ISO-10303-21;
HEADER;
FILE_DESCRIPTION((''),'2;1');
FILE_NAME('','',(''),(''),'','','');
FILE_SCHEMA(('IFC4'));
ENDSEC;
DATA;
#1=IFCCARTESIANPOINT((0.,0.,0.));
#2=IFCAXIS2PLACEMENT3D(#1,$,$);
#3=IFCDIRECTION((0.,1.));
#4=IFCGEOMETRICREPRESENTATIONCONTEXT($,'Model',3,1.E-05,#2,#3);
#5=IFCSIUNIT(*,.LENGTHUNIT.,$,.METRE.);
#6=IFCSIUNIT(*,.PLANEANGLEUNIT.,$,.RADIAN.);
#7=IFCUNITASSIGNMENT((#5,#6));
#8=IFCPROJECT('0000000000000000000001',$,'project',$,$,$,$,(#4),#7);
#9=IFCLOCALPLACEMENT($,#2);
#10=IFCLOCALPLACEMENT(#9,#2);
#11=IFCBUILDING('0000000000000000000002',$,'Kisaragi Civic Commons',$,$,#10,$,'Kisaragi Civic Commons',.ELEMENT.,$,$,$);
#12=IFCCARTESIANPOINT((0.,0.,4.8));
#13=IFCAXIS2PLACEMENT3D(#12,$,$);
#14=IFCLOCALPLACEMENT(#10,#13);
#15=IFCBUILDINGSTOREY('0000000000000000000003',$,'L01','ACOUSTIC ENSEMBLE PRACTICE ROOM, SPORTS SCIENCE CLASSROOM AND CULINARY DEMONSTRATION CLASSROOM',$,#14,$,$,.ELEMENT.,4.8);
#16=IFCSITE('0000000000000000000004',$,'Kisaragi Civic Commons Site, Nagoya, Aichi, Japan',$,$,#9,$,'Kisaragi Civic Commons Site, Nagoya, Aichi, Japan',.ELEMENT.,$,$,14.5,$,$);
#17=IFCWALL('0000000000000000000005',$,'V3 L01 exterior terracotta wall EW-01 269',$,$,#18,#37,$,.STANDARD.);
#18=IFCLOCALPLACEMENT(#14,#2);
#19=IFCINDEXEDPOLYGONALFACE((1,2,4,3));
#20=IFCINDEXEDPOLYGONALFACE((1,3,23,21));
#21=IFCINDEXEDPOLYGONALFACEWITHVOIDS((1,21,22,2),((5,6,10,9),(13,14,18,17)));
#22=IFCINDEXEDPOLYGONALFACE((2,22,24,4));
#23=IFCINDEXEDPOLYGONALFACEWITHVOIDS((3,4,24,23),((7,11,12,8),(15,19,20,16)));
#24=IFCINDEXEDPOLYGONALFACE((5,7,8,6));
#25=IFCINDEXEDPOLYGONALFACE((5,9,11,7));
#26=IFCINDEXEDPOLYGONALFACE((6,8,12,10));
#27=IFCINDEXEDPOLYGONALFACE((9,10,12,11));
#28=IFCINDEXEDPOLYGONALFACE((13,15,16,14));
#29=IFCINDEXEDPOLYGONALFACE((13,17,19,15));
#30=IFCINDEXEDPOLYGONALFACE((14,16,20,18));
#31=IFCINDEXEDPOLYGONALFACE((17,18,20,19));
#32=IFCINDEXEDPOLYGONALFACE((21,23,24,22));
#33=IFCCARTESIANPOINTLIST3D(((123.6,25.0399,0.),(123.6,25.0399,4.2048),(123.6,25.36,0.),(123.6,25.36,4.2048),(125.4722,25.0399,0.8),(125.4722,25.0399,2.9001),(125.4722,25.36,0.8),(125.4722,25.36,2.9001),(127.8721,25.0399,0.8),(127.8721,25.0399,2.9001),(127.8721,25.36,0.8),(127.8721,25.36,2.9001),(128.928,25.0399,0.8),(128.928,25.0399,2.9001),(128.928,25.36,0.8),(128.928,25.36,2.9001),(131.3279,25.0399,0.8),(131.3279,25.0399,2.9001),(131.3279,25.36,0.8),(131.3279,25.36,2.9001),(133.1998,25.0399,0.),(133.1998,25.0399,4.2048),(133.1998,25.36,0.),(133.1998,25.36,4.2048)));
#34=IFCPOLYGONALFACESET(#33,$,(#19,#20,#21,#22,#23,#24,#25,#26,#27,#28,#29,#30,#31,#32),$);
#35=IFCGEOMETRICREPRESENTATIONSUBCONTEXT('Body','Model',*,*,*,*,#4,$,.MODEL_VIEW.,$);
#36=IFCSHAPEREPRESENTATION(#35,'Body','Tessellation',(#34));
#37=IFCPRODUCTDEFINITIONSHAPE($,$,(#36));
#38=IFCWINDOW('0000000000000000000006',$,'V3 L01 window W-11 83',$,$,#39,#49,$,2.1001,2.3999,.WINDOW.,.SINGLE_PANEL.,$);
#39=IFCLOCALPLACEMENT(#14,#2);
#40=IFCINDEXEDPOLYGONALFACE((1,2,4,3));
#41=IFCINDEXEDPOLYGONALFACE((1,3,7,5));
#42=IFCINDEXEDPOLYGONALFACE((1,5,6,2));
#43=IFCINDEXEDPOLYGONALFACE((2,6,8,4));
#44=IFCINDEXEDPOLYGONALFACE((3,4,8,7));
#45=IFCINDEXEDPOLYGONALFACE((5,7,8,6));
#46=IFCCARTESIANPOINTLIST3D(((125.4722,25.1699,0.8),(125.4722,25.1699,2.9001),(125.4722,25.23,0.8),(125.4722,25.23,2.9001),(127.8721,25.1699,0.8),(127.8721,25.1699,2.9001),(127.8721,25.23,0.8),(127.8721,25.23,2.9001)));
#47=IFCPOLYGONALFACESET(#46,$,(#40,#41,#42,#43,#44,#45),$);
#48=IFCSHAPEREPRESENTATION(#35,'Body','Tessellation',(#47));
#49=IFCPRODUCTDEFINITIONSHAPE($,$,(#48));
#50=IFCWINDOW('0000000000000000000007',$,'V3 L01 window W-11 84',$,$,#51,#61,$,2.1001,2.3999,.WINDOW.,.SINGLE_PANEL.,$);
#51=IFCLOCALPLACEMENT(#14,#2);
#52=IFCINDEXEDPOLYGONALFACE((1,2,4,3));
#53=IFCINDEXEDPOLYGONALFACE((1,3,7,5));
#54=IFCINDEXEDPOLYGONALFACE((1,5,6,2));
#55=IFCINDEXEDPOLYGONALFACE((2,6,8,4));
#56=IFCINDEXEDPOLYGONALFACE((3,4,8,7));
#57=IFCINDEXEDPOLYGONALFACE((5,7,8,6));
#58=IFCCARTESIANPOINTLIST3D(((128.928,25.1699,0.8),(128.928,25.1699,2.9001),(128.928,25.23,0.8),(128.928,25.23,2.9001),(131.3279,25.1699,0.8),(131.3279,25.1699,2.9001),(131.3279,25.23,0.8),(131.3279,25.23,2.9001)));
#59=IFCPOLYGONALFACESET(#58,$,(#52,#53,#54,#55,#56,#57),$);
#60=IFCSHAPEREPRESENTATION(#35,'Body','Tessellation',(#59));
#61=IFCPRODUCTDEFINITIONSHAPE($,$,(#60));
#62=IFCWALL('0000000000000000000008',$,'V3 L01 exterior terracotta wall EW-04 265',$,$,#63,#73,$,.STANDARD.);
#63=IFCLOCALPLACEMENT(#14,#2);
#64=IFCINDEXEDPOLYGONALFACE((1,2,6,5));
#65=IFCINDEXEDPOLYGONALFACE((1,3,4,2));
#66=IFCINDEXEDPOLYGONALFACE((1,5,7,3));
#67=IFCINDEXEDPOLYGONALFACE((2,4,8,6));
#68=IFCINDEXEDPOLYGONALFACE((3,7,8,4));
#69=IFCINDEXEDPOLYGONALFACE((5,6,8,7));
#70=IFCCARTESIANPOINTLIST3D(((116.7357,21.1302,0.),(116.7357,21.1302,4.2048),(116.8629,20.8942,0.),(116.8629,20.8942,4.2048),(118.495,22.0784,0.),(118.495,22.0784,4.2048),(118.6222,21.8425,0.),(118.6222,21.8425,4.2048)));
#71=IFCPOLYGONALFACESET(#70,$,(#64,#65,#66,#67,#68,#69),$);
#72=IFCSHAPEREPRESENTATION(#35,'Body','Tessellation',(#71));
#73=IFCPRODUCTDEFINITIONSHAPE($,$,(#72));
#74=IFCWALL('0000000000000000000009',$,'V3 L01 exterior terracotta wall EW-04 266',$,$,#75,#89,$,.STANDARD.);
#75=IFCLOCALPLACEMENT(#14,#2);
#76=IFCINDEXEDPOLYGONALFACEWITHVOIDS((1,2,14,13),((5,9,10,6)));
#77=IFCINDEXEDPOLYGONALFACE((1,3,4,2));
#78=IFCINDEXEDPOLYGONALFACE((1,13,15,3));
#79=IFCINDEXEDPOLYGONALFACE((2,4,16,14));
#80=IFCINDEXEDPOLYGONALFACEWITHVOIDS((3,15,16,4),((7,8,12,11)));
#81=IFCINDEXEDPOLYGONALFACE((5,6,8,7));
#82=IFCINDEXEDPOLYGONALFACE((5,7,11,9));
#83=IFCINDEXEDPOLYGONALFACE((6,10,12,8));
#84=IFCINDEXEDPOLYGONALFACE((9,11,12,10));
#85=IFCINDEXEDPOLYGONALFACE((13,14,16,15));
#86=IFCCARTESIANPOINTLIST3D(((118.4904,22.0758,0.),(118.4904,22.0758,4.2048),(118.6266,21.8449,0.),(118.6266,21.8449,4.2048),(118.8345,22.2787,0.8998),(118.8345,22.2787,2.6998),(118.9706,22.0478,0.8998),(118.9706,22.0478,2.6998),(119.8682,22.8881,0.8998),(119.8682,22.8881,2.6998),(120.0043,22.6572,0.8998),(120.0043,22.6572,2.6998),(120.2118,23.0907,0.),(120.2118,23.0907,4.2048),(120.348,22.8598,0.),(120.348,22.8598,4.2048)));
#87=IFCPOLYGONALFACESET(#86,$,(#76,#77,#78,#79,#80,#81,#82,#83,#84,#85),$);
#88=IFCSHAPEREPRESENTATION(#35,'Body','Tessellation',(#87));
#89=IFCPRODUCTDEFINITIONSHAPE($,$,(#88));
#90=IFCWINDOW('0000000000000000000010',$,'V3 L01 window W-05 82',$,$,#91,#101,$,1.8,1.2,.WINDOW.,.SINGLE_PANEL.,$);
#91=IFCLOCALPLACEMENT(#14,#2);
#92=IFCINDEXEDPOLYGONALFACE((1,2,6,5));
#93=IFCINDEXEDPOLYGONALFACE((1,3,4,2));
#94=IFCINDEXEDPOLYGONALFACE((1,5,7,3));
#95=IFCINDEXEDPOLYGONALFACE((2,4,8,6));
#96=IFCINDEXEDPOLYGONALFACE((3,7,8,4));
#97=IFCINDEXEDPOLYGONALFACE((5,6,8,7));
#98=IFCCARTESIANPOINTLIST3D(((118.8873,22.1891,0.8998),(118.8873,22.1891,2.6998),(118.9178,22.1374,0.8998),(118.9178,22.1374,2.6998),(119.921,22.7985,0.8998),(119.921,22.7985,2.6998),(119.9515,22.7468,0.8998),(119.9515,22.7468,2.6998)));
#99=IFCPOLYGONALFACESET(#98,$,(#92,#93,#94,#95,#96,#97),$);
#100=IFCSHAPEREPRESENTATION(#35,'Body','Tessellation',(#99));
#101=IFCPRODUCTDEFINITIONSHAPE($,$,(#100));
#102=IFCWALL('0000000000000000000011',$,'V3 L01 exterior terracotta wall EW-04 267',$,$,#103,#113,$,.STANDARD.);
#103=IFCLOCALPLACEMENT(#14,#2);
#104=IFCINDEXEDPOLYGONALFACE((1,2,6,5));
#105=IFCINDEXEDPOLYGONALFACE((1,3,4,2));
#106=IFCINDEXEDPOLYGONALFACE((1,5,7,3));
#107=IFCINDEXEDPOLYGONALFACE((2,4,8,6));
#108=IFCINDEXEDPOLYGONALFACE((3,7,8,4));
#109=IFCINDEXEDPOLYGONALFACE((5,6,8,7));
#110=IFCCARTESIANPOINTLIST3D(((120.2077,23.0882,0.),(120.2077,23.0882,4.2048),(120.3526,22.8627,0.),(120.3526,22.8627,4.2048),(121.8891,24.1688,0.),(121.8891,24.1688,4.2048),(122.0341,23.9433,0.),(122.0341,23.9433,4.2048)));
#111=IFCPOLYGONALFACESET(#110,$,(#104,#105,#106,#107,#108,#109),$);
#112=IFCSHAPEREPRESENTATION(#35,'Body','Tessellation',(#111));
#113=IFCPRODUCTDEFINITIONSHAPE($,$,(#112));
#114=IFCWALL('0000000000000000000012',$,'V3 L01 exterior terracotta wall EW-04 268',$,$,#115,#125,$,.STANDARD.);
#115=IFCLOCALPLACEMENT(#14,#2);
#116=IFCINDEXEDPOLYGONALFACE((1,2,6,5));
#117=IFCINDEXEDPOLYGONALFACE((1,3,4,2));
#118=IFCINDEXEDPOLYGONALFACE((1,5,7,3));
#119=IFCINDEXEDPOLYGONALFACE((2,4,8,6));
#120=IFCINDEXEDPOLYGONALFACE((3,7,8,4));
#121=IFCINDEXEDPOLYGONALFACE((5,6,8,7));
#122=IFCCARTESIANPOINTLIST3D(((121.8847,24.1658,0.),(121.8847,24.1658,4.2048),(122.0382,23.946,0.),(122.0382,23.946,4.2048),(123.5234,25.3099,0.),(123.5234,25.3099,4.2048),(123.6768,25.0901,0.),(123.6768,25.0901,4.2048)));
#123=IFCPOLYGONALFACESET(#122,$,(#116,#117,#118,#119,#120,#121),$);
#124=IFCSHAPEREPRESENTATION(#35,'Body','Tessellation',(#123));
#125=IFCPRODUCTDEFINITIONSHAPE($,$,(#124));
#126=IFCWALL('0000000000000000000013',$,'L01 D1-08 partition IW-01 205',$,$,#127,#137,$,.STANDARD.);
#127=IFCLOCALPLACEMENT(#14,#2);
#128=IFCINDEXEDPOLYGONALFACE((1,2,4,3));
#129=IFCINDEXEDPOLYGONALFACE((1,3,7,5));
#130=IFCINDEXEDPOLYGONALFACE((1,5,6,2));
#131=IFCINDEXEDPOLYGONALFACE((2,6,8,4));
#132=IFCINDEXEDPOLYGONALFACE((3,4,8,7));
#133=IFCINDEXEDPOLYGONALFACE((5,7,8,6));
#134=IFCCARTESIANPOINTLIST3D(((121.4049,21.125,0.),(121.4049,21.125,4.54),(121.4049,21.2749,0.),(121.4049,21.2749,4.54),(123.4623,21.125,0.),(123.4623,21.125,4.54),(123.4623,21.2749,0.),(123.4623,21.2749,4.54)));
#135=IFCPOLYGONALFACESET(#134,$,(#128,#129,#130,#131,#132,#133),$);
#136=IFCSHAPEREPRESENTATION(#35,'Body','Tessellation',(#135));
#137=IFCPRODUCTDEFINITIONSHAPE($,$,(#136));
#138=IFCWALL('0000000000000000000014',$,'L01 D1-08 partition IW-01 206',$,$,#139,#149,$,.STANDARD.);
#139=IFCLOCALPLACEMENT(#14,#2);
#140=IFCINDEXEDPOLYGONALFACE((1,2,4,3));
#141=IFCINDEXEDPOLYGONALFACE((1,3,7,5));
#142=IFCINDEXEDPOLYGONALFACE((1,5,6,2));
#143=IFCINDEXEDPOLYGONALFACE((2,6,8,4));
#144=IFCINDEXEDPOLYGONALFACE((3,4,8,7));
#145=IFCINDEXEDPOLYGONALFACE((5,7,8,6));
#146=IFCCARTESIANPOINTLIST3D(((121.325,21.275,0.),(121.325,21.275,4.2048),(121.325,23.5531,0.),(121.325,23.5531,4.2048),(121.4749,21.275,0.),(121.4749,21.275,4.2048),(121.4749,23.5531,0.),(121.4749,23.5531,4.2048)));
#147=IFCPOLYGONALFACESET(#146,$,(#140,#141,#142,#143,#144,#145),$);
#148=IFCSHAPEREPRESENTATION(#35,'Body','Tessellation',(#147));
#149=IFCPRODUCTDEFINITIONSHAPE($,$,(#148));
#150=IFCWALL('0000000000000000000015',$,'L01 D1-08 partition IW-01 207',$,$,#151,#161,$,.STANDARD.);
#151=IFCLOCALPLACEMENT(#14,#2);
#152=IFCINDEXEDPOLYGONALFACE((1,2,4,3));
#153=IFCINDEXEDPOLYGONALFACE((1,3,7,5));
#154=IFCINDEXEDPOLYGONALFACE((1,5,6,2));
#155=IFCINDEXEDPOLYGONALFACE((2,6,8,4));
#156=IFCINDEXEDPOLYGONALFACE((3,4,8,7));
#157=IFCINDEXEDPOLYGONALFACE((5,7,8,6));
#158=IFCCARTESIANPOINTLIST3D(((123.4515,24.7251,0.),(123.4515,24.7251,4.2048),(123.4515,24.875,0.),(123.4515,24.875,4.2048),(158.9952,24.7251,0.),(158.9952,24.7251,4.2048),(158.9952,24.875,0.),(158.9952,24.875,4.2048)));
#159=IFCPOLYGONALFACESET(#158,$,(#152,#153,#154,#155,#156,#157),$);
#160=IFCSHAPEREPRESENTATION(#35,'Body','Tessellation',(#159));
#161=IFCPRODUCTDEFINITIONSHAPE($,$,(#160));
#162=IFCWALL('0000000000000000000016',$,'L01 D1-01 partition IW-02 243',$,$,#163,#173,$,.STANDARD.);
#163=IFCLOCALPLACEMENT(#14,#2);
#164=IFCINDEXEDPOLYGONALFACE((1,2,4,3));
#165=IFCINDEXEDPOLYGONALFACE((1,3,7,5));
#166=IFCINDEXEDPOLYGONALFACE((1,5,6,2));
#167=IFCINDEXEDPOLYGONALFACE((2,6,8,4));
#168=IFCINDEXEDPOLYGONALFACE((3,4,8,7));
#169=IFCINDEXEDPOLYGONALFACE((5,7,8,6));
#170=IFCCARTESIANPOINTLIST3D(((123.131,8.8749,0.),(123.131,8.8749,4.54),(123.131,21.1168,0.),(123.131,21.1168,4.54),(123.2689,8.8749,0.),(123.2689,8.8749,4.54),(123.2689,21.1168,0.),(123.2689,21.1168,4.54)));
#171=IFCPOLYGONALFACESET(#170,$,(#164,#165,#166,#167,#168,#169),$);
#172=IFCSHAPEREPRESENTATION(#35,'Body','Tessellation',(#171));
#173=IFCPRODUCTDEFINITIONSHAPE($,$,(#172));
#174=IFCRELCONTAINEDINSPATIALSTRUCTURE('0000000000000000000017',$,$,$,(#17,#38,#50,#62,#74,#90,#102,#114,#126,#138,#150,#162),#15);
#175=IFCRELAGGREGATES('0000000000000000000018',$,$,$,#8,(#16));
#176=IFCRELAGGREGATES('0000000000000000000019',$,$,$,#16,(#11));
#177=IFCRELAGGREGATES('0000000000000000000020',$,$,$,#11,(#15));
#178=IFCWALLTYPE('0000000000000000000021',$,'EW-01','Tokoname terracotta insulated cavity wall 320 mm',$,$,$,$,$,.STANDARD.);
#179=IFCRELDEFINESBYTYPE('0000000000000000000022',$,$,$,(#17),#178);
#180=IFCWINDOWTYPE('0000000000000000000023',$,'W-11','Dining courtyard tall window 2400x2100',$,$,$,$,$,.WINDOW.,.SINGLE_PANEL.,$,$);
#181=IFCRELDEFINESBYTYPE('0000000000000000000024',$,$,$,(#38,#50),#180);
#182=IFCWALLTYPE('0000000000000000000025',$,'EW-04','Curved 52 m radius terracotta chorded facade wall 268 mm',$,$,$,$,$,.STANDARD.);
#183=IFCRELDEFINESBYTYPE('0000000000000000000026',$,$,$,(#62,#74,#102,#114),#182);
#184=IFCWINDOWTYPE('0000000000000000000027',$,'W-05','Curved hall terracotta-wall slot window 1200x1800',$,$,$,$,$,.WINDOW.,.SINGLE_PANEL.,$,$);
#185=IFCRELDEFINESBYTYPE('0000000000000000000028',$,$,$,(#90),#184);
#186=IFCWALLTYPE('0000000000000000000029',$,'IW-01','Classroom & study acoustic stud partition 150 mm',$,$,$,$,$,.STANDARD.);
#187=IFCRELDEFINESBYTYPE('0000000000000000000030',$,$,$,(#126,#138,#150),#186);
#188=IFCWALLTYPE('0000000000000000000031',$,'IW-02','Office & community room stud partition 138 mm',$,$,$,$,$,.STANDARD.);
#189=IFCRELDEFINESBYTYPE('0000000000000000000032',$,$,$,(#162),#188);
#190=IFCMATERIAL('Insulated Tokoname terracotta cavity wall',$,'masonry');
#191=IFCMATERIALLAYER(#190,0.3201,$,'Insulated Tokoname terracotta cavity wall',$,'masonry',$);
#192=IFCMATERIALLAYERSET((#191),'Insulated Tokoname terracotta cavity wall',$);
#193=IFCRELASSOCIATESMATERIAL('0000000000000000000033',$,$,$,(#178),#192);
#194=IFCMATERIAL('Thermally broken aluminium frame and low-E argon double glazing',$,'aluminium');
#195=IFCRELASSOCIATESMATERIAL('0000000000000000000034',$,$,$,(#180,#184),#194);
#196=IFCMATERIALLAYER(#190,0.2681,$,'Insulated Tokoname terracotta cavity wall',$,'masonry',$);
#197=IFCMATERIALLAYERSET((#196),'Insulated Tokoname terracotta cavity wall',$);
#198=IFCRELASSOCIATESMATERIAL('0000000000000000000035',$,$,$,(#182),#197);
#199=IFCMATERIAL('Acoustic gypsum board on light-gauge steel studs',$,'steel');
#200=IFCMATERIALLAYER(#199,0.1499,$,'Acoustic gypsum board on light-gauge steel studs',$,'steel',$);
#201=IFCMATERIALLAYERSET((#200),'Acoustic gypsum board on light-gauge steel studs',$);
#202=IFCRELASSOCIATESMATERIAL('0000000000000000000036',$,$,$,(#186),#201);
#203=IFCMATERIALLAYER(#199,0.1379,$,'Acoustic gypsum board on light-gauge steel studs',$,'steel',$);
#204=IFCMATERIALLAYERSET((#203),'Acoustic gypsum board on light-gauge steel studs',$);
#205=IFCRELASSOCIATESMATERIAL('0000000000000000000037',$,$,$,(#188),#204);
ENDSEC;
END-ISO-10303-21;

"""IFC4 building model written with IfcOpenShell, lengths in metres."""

from ifc_helpers import new_model, si_unit, direction, frame, frame_2d, origin, place, context, subcontext, project, spatial, rectangle, extrude, material, layer, layer_set, type_object, element, fill, save


model = new_model("IFC4")

# Units and contexts
model_context = context("Model", 3, precision=1e-05, world=origin(), true_north=direction((0.0, 1.0)))
body_context = subcontext(model_context, "Body", "Model", "MODEL_VIEW")
ifc_project = project(units=[si_unit("LENGTHUNIT", "METRE"), si_unit("PLANEANGLEUNIT", "RADIAN")], contexts=[model_context])

# Site, building, storey
site_placement = place(None, origin())
site = spatial("IfcSite", under=ifc_project, at=site_placement, Name="Kisaragi Civic Commons Site, Nagoya, Aichi, Japan", LongName="Kisaragi Civic Commons Site, Nagoya, Aichi, Japan", CompositionType="ELEMENT", RefElevation=14.5)
building_placement = place(site_placement, origin())
building = spatial("IfcBuilding", under=site, at=building_placement, Name="Kisaragi Civic Commons", LongName="Kisaragi Civic Commons", CompositionType="ELEMENT")
storey_placement = place(building_placement, frame((0.0, 0.0, 4.8)))
storey = spatial("IfcBuildingStorey", under=building, at=storey_placement, Name="L01", Description="ACOUSTIC ENSEMBLE PRACTICE ROOM, SPORTS SCIENCE CLASSROOM AND CULINARY DEMONSTRATION CLASSROOM", CompositionType="ELEMENT", Elevation=4.8)

# Wall, openings, windows
ifc_material_1 = material(Name="Insulated Tokoname terracotta cavity wall", Category="masonry")
ifc_layer_1 = layer(ifc_material_1, 0.3201, Name="Insulated Tokoname terracotta cavity wall", Category="masonry")
ifc_layer_set_1 = layer_set([ifc_layer_1], Name="Insulated Tokoname terracotta cavity wall")
wall_type_1 = type_object("IfcWallType", Name="EW-01", Description="Tokoname terracotta insulated cavity wall 320 mm", PredefinedType="STANDARD", material=ifc_layer_set_1)
wall_1_placement = place(storey_placement, frame((123.6001, 25.2, 0.0), z_axis=(0.0, 0.0, 1.0), x_axis=(1.0, 0.0, 0.0)))
wall_1 = element("IfcWall", 1, at=wall_1_placement, inside=storey, type_object=wall_type_1, Name="V3 L01 exterior terracotta wall EW-01 269", PredefinedType="STANDARD", context=body_context, shape_type="SweptSolid", body=[
    extrude(rectangle(XDim=9.5999, YDim=0.3201, at=frame_2d((4.7998, 0.0))), origin(), (0.0, 0.0, 1.0), 4.2048),
])
opening_1_placement = place(wall_1_placement, frame((1.8721, 0.0, 0.8)))
opening_1 = element("IfcOpeningElement", 2, at=opening_1_placement, cuts=wall_1, PredefinedType="OPENING", context=body_context, shape_type="SweptSolid", body=[
    extrude(rectangle(XDim=2.3999, YDim=2.1001, at=frame_2d((1.2, 1.05))), frame((0.0, 0.1699, 0.0), z_axis=(0.0, -1.0, 0.0), x_axis=(1.0, 0.0, 0.0)), (0.0, 0.0, 1.0), 0.3401),
])
opening_2_placement = place(wall_1_placement, frame((5.3279, 0.0, 0.8)))
opening_2 = element("IfcOpeningElement", 3, at=opening_2_placement, cuts=wall_1, PredefinedType="OPENING", context=body_context, shape_type="SweptSolid", body=[
    extrude(rectangle(XDim=2.3999, YDim=2.1001, at=frame_2d((1.2, 1.05))), frame((0.0, 0.1699, 0.0), z_axis=(0.0, -1.0, 0.0), x_axis=(1.0, 0.0, 0.0)), (0.0, 0.0, 1.0), 0.3401),
])
ifc_material_2 = material(Name="Thermally broken aluminium frame and low-E argon double glazing", Category="aluminium")
window_type_1 = type_object("IfcWindowType", Name="W-11", Description="Dining courtyard tall window 2400x2100", PartitioningType="SINGLE_PANEL", PredefinedType="WINDOW", material=ifc_material_2)
window_1_placement = place(opening_1_placement, origin())
window_1 = element("IfcWindow", 4, at=window_1_placement, inside=storey, type_object=window_type_1, Name="V3 L01 window W-11 83", OverallHeight=2.1001, OverallWidth=2.3999, PartitioningType="SINGLE_PANEL", PredefinedType="WINDOW", context=body_context, shape_type="SweptSolid", body=[
    extrude(rectangle(XDim=2.3999, YDim=2.1001, at=frame_2d((1.2, 1.05))), frame((0.0, 0.03, 0.0), z_axis=(0.0, -1.0, 0.0), x_axis=(1.0, 0.0, 0.0)), (0.0, 0.0, 1.0), 0.0601),
])
fill(opening_1, window_1)
window_2_placement = place(opening_2_placement, origin())
window_2 = element("IfcWindow", 5, at=window_2_placement, inside=storey, type_object=window_type_1, Name="V3 L01 window W-11 84", OverallHeight=2.1001, OverallWidth=2.3999, PartitioningType="SINGLE_PANEL", PredefinedType="WINDOW", context=body_context, shape_type="SweptSolid", body=[
    extrude(rectangle(XDim=2.3999, YDim=2.1001, at=frame_2d((1.2, 1.05))), frame((0.0, 0.03, 0.0), z_axis=(0.0, -1.0, 0.0), x_axis=(1.0, 0.0, 0.0)), (0.0, 0.0, 1.0), 0.0601),
])
fill(opening_2, window_2)

# Wall
ifc_layer_2 = layer(ifc_material_1, 0.2681, Name="Insulated Tokoname terracotta cavity wall", Category="masonry")
ifc_layer_set_2 = layer_set([ifc_layer_2], Name="Insulated Tokoname terracotta cavity wall")
wall_type_2 = type_object("IfcWallType", Name="EW-04", Description="Curved 52 m radius terracotta chorded facade wall 268 mm", PredefinedType="STANDARD", material=ifc_layer_set_2)
wall_2_placement = place(storey_placement, frame((116.7993, 21.0122, 0.0), z_axis=(0.0, 0.0, 1.0), x_axis=(0.880275, 0.474464, 0.0)))
element("IfcWall", 6, at=wall_2_placement, inside=storey, type_object=wall_type_2, Name="V3 L01 exterior terracotta wall EW-04 265", PredefinedType="STANDARD", context=body_context, shape_type="SweptSolid", body=[
    extrude(rectangle(XDim=1.9985, YDim=0.2681, at=frame_2d((0.9993, 0.0))), origin(), (0.0, 0.0, 1.0), 4.2048),
])

# Wall, opening, window
wall_3_placement = place(storey_placement, frame((118.5586, 21.9604, 0.0), z_axis=(0.0, 0.0, 1.0), x_axis=(0.861434, 0.507869, 0.0)))
wall_3 = element("IfcWall", 7, at=wall_3_placement, inside=storey, type_object=wall_type_2, Name="V3 L01 exterior terracotta wall EW-04 266", PredefinedType="STANDARD", context=body_context, shape_type="SweptSolid", body=[
    extrude(rectangle(XDim=1.9983, YDim=0.2681, at=frame_2d((0.999, 0.0))), origin(), (0.0, 0.0, 1.0), 4.2048),
])
opening_3_placement = place(wall_3_placement, frame((0.3992, 0.0, 0.8999)))
opening_3 = element("IfcOpeningElement", 8, at=opening_3_placement, cuts=wall_3, PredefinedType="OPENING", context=body_context, shape_type="SweptSolid", body=[
    extrude(rectangle(XDim=1.2, YDim=1.8, at=frame_2d((0.6001, 0.8999))), frame((0.0, 0.144, 0.0), z_axis=(0.0, -1.0, 0.0), x_axis=(1.0, 0.0, 0.0)), (0.0, 0.0, 1.0), 0.2881),
])
window_type_2 = type_object("IfcWindowType", Name="W-05", Description="Curved hall terracotta-wall slot window 1200x1800", PartitioningType="SINGLE_PANEL", PredefinedType="WINDOW", material=ifc_material_2)
window_3_placement = place(opening_3_placement, origin())
window_3 = element("IfcWindow", 9, at=window_3_placement, inside=storey, type_object=window_type_2, Name="V3 L01 window W-05 82", OverallHeight=1.8, OverallWidth=1.2, PartitioningType="SINGLE_PANEL", PredefinedType="WINDOW", context=body_context, shape_type="SweptSolid", body=[
    extrude(rectangle(XDim=1.2, YDim=1.8, at=frame_2d((0.6001, 0.8999))), frame((0.0, 0.03, 0.0), z_axis=(0.0, -1.0, 0.0), x_axis=(1.0, 0.0, 0.0)), (0.0, 0.0, 1.0), 0.0601),
])
fill(opening_3, window_3)

# Walls
wall_4_placement = place(storey_placement, frame((120.28, 22.9753, 0.0), z_axis=(0.0, 0.0, 1.0), x_axis=(0.841254, 0.54064, 0.0)))
element("IfcWall", 10, at=wall_4_placement, inside=storey, type_object=wall_type_2, Name="V3 L01 exterior terracotta wall EW-04 267", PredefinedType="STANDARD", context=body_context, shape_type="SweptSolid", body=[
    extrude(rectangle(XDim=1.9988, YDim=0.2681, at=frame_2d((0.9995, 0.0))), origin(), (0.0, 0.0, 1.0), 4.2048),
])
wall_5_placement = place(storey_placement, frame((121.9614, 24.0559, 0.0), z_axis=(0.0, 0.0, 1.0), x_axis=(0.819943, 0.572445, 0.0)))
element("IfcWall", 11, at=wall_5_placement, inside=storey, type_object=wall_type_2, Name="V3 L01 exterior terracotta wall EW-04 268", PredefinedType="STANDARD", context=body_context, shape_type="SweptSolid", body=[
    extrude(rectangle(XDim=1.9985, YDim=0.2681, at=frame_2d((0.9993, 0.0))), origin(), (0.0, 0.0, 1.0), 4.2048),
])
ifc_material_3 = material(Name="Acoustic gypsum board on light-gauge steel studs", Category="steel")
ifc_layer_3 = layer(ifc_material_3, 0.1499, Name="Acoustic gypsum board on light-gauge steel studs", Category="steel")
ifc_layer_set_3 = layer_set([ifc_layer_3], Name="Acoustic gypsum board on light-gauge steel studs")
wall_type_3 = type_object("IfcWallType", Name="IW-01", Description="Classroom & study acoustic stud partition 150 mm", PredefinedType="STANDARD", material=ifc_layer_set_3)
wall_6_placement = place(storey_placement, frame((123.4624, 21.2, 0.0), z_axis=(0.0, 0.0, 1.0), x_axis=(-1.0, 0.0, 0.0)))
element("IfcWall", 12, at=wall_6_placement, inside=storey, type_object=wall_type_3, Name="L01 D1-08 partition IW-01 205", PredefinedType="STANDARD", context=body_context, shape_type="SweptSolid", body=[
    extrude(rectangle(XDim=2.0574, YDim=0.1499, at=frame_2d((1.0288, 0.0))), origin(), (0.0, 0.0, 1.0), 4.54),
])
wall_7_placement = place(storey_placement, frame((121.3999, 21.2749, 0.0), z_axis=(0.0, 0.0, 1.0), x_axis=(0.0, 1.0, 0.0)))
element("IfcWall", 13, at=wall_7_placement, inside=storey, type_object=wall_type_3, Name="L01 D1-08 partition IW-01 206", PredefinedType="STANDARD", context=body_context, shape_type="SweptSolid", body=[
    extrude(rectangle(XDim=2.2781, YDim=0.1499, at=frame_2d((1.1392, 0.0))), origin(), (0.0, 0.0, 1.0), 4.2048),
])
wall_8_placement = place(storey_placement, frame((123.4514, 24.8, 0.0), z_axis=(0.0, 0.0, 1.0), x_axis=(1.0, 0.0, 0.0)))
element("IfcWall", 14, at=wall_8_placement, inside=storey, type_object=wall_type_3, Name="L01 D1-08 partition IW-01 207", PredefinedType="STANDARD", context=body_context, shape_type="SweptSolid", body=[
    extrude(rectangle(XDim=35.5437, YDim=0.1499, at=frame_2d((17.772, 0.0))), origin(), (0.0, 0.0, 1.0), 4.2048),
])
ifc_layer_4 = layer(ifc_material_3, 0.1379, Name="Acoustic gypsum board on light-gauge steel studs", Category="steel")
ifc_layer_set_4 = layer_set([ifc_layer_4], Name="Acoustic gypsum board on light-gauge steel studs")
wall_type_4 = type_object("IfcWallType", Name="IW-02", Description="Office & community room stud partition 138 mm", PredefinedType="STANDARD", material=ifc_layer_set_4)
wall_9_placement = place(storey_placement, frame((123.2, 21.1169, 0.0), z_axis=(0.0, 0.0, 1.0), x_axis=(0.0, -1.0, 0.0)))
element("IfcWall", 15, at=wall_9_placement, inside=storey, type_object=wall_type_4, Name="L01 D1-01 partition IW-02 243", PredefinedType="STANDARD", context=body_context, shape_type="SweptSolid", body=[
    extrude(rectangle(XDim=12.2419, YDim=0.1379, at=frame_2d((6.1211, 0.0))), origin(), (0.0, 0.0, 1.0), 4.54),
])

save(model, "model.ifc")
